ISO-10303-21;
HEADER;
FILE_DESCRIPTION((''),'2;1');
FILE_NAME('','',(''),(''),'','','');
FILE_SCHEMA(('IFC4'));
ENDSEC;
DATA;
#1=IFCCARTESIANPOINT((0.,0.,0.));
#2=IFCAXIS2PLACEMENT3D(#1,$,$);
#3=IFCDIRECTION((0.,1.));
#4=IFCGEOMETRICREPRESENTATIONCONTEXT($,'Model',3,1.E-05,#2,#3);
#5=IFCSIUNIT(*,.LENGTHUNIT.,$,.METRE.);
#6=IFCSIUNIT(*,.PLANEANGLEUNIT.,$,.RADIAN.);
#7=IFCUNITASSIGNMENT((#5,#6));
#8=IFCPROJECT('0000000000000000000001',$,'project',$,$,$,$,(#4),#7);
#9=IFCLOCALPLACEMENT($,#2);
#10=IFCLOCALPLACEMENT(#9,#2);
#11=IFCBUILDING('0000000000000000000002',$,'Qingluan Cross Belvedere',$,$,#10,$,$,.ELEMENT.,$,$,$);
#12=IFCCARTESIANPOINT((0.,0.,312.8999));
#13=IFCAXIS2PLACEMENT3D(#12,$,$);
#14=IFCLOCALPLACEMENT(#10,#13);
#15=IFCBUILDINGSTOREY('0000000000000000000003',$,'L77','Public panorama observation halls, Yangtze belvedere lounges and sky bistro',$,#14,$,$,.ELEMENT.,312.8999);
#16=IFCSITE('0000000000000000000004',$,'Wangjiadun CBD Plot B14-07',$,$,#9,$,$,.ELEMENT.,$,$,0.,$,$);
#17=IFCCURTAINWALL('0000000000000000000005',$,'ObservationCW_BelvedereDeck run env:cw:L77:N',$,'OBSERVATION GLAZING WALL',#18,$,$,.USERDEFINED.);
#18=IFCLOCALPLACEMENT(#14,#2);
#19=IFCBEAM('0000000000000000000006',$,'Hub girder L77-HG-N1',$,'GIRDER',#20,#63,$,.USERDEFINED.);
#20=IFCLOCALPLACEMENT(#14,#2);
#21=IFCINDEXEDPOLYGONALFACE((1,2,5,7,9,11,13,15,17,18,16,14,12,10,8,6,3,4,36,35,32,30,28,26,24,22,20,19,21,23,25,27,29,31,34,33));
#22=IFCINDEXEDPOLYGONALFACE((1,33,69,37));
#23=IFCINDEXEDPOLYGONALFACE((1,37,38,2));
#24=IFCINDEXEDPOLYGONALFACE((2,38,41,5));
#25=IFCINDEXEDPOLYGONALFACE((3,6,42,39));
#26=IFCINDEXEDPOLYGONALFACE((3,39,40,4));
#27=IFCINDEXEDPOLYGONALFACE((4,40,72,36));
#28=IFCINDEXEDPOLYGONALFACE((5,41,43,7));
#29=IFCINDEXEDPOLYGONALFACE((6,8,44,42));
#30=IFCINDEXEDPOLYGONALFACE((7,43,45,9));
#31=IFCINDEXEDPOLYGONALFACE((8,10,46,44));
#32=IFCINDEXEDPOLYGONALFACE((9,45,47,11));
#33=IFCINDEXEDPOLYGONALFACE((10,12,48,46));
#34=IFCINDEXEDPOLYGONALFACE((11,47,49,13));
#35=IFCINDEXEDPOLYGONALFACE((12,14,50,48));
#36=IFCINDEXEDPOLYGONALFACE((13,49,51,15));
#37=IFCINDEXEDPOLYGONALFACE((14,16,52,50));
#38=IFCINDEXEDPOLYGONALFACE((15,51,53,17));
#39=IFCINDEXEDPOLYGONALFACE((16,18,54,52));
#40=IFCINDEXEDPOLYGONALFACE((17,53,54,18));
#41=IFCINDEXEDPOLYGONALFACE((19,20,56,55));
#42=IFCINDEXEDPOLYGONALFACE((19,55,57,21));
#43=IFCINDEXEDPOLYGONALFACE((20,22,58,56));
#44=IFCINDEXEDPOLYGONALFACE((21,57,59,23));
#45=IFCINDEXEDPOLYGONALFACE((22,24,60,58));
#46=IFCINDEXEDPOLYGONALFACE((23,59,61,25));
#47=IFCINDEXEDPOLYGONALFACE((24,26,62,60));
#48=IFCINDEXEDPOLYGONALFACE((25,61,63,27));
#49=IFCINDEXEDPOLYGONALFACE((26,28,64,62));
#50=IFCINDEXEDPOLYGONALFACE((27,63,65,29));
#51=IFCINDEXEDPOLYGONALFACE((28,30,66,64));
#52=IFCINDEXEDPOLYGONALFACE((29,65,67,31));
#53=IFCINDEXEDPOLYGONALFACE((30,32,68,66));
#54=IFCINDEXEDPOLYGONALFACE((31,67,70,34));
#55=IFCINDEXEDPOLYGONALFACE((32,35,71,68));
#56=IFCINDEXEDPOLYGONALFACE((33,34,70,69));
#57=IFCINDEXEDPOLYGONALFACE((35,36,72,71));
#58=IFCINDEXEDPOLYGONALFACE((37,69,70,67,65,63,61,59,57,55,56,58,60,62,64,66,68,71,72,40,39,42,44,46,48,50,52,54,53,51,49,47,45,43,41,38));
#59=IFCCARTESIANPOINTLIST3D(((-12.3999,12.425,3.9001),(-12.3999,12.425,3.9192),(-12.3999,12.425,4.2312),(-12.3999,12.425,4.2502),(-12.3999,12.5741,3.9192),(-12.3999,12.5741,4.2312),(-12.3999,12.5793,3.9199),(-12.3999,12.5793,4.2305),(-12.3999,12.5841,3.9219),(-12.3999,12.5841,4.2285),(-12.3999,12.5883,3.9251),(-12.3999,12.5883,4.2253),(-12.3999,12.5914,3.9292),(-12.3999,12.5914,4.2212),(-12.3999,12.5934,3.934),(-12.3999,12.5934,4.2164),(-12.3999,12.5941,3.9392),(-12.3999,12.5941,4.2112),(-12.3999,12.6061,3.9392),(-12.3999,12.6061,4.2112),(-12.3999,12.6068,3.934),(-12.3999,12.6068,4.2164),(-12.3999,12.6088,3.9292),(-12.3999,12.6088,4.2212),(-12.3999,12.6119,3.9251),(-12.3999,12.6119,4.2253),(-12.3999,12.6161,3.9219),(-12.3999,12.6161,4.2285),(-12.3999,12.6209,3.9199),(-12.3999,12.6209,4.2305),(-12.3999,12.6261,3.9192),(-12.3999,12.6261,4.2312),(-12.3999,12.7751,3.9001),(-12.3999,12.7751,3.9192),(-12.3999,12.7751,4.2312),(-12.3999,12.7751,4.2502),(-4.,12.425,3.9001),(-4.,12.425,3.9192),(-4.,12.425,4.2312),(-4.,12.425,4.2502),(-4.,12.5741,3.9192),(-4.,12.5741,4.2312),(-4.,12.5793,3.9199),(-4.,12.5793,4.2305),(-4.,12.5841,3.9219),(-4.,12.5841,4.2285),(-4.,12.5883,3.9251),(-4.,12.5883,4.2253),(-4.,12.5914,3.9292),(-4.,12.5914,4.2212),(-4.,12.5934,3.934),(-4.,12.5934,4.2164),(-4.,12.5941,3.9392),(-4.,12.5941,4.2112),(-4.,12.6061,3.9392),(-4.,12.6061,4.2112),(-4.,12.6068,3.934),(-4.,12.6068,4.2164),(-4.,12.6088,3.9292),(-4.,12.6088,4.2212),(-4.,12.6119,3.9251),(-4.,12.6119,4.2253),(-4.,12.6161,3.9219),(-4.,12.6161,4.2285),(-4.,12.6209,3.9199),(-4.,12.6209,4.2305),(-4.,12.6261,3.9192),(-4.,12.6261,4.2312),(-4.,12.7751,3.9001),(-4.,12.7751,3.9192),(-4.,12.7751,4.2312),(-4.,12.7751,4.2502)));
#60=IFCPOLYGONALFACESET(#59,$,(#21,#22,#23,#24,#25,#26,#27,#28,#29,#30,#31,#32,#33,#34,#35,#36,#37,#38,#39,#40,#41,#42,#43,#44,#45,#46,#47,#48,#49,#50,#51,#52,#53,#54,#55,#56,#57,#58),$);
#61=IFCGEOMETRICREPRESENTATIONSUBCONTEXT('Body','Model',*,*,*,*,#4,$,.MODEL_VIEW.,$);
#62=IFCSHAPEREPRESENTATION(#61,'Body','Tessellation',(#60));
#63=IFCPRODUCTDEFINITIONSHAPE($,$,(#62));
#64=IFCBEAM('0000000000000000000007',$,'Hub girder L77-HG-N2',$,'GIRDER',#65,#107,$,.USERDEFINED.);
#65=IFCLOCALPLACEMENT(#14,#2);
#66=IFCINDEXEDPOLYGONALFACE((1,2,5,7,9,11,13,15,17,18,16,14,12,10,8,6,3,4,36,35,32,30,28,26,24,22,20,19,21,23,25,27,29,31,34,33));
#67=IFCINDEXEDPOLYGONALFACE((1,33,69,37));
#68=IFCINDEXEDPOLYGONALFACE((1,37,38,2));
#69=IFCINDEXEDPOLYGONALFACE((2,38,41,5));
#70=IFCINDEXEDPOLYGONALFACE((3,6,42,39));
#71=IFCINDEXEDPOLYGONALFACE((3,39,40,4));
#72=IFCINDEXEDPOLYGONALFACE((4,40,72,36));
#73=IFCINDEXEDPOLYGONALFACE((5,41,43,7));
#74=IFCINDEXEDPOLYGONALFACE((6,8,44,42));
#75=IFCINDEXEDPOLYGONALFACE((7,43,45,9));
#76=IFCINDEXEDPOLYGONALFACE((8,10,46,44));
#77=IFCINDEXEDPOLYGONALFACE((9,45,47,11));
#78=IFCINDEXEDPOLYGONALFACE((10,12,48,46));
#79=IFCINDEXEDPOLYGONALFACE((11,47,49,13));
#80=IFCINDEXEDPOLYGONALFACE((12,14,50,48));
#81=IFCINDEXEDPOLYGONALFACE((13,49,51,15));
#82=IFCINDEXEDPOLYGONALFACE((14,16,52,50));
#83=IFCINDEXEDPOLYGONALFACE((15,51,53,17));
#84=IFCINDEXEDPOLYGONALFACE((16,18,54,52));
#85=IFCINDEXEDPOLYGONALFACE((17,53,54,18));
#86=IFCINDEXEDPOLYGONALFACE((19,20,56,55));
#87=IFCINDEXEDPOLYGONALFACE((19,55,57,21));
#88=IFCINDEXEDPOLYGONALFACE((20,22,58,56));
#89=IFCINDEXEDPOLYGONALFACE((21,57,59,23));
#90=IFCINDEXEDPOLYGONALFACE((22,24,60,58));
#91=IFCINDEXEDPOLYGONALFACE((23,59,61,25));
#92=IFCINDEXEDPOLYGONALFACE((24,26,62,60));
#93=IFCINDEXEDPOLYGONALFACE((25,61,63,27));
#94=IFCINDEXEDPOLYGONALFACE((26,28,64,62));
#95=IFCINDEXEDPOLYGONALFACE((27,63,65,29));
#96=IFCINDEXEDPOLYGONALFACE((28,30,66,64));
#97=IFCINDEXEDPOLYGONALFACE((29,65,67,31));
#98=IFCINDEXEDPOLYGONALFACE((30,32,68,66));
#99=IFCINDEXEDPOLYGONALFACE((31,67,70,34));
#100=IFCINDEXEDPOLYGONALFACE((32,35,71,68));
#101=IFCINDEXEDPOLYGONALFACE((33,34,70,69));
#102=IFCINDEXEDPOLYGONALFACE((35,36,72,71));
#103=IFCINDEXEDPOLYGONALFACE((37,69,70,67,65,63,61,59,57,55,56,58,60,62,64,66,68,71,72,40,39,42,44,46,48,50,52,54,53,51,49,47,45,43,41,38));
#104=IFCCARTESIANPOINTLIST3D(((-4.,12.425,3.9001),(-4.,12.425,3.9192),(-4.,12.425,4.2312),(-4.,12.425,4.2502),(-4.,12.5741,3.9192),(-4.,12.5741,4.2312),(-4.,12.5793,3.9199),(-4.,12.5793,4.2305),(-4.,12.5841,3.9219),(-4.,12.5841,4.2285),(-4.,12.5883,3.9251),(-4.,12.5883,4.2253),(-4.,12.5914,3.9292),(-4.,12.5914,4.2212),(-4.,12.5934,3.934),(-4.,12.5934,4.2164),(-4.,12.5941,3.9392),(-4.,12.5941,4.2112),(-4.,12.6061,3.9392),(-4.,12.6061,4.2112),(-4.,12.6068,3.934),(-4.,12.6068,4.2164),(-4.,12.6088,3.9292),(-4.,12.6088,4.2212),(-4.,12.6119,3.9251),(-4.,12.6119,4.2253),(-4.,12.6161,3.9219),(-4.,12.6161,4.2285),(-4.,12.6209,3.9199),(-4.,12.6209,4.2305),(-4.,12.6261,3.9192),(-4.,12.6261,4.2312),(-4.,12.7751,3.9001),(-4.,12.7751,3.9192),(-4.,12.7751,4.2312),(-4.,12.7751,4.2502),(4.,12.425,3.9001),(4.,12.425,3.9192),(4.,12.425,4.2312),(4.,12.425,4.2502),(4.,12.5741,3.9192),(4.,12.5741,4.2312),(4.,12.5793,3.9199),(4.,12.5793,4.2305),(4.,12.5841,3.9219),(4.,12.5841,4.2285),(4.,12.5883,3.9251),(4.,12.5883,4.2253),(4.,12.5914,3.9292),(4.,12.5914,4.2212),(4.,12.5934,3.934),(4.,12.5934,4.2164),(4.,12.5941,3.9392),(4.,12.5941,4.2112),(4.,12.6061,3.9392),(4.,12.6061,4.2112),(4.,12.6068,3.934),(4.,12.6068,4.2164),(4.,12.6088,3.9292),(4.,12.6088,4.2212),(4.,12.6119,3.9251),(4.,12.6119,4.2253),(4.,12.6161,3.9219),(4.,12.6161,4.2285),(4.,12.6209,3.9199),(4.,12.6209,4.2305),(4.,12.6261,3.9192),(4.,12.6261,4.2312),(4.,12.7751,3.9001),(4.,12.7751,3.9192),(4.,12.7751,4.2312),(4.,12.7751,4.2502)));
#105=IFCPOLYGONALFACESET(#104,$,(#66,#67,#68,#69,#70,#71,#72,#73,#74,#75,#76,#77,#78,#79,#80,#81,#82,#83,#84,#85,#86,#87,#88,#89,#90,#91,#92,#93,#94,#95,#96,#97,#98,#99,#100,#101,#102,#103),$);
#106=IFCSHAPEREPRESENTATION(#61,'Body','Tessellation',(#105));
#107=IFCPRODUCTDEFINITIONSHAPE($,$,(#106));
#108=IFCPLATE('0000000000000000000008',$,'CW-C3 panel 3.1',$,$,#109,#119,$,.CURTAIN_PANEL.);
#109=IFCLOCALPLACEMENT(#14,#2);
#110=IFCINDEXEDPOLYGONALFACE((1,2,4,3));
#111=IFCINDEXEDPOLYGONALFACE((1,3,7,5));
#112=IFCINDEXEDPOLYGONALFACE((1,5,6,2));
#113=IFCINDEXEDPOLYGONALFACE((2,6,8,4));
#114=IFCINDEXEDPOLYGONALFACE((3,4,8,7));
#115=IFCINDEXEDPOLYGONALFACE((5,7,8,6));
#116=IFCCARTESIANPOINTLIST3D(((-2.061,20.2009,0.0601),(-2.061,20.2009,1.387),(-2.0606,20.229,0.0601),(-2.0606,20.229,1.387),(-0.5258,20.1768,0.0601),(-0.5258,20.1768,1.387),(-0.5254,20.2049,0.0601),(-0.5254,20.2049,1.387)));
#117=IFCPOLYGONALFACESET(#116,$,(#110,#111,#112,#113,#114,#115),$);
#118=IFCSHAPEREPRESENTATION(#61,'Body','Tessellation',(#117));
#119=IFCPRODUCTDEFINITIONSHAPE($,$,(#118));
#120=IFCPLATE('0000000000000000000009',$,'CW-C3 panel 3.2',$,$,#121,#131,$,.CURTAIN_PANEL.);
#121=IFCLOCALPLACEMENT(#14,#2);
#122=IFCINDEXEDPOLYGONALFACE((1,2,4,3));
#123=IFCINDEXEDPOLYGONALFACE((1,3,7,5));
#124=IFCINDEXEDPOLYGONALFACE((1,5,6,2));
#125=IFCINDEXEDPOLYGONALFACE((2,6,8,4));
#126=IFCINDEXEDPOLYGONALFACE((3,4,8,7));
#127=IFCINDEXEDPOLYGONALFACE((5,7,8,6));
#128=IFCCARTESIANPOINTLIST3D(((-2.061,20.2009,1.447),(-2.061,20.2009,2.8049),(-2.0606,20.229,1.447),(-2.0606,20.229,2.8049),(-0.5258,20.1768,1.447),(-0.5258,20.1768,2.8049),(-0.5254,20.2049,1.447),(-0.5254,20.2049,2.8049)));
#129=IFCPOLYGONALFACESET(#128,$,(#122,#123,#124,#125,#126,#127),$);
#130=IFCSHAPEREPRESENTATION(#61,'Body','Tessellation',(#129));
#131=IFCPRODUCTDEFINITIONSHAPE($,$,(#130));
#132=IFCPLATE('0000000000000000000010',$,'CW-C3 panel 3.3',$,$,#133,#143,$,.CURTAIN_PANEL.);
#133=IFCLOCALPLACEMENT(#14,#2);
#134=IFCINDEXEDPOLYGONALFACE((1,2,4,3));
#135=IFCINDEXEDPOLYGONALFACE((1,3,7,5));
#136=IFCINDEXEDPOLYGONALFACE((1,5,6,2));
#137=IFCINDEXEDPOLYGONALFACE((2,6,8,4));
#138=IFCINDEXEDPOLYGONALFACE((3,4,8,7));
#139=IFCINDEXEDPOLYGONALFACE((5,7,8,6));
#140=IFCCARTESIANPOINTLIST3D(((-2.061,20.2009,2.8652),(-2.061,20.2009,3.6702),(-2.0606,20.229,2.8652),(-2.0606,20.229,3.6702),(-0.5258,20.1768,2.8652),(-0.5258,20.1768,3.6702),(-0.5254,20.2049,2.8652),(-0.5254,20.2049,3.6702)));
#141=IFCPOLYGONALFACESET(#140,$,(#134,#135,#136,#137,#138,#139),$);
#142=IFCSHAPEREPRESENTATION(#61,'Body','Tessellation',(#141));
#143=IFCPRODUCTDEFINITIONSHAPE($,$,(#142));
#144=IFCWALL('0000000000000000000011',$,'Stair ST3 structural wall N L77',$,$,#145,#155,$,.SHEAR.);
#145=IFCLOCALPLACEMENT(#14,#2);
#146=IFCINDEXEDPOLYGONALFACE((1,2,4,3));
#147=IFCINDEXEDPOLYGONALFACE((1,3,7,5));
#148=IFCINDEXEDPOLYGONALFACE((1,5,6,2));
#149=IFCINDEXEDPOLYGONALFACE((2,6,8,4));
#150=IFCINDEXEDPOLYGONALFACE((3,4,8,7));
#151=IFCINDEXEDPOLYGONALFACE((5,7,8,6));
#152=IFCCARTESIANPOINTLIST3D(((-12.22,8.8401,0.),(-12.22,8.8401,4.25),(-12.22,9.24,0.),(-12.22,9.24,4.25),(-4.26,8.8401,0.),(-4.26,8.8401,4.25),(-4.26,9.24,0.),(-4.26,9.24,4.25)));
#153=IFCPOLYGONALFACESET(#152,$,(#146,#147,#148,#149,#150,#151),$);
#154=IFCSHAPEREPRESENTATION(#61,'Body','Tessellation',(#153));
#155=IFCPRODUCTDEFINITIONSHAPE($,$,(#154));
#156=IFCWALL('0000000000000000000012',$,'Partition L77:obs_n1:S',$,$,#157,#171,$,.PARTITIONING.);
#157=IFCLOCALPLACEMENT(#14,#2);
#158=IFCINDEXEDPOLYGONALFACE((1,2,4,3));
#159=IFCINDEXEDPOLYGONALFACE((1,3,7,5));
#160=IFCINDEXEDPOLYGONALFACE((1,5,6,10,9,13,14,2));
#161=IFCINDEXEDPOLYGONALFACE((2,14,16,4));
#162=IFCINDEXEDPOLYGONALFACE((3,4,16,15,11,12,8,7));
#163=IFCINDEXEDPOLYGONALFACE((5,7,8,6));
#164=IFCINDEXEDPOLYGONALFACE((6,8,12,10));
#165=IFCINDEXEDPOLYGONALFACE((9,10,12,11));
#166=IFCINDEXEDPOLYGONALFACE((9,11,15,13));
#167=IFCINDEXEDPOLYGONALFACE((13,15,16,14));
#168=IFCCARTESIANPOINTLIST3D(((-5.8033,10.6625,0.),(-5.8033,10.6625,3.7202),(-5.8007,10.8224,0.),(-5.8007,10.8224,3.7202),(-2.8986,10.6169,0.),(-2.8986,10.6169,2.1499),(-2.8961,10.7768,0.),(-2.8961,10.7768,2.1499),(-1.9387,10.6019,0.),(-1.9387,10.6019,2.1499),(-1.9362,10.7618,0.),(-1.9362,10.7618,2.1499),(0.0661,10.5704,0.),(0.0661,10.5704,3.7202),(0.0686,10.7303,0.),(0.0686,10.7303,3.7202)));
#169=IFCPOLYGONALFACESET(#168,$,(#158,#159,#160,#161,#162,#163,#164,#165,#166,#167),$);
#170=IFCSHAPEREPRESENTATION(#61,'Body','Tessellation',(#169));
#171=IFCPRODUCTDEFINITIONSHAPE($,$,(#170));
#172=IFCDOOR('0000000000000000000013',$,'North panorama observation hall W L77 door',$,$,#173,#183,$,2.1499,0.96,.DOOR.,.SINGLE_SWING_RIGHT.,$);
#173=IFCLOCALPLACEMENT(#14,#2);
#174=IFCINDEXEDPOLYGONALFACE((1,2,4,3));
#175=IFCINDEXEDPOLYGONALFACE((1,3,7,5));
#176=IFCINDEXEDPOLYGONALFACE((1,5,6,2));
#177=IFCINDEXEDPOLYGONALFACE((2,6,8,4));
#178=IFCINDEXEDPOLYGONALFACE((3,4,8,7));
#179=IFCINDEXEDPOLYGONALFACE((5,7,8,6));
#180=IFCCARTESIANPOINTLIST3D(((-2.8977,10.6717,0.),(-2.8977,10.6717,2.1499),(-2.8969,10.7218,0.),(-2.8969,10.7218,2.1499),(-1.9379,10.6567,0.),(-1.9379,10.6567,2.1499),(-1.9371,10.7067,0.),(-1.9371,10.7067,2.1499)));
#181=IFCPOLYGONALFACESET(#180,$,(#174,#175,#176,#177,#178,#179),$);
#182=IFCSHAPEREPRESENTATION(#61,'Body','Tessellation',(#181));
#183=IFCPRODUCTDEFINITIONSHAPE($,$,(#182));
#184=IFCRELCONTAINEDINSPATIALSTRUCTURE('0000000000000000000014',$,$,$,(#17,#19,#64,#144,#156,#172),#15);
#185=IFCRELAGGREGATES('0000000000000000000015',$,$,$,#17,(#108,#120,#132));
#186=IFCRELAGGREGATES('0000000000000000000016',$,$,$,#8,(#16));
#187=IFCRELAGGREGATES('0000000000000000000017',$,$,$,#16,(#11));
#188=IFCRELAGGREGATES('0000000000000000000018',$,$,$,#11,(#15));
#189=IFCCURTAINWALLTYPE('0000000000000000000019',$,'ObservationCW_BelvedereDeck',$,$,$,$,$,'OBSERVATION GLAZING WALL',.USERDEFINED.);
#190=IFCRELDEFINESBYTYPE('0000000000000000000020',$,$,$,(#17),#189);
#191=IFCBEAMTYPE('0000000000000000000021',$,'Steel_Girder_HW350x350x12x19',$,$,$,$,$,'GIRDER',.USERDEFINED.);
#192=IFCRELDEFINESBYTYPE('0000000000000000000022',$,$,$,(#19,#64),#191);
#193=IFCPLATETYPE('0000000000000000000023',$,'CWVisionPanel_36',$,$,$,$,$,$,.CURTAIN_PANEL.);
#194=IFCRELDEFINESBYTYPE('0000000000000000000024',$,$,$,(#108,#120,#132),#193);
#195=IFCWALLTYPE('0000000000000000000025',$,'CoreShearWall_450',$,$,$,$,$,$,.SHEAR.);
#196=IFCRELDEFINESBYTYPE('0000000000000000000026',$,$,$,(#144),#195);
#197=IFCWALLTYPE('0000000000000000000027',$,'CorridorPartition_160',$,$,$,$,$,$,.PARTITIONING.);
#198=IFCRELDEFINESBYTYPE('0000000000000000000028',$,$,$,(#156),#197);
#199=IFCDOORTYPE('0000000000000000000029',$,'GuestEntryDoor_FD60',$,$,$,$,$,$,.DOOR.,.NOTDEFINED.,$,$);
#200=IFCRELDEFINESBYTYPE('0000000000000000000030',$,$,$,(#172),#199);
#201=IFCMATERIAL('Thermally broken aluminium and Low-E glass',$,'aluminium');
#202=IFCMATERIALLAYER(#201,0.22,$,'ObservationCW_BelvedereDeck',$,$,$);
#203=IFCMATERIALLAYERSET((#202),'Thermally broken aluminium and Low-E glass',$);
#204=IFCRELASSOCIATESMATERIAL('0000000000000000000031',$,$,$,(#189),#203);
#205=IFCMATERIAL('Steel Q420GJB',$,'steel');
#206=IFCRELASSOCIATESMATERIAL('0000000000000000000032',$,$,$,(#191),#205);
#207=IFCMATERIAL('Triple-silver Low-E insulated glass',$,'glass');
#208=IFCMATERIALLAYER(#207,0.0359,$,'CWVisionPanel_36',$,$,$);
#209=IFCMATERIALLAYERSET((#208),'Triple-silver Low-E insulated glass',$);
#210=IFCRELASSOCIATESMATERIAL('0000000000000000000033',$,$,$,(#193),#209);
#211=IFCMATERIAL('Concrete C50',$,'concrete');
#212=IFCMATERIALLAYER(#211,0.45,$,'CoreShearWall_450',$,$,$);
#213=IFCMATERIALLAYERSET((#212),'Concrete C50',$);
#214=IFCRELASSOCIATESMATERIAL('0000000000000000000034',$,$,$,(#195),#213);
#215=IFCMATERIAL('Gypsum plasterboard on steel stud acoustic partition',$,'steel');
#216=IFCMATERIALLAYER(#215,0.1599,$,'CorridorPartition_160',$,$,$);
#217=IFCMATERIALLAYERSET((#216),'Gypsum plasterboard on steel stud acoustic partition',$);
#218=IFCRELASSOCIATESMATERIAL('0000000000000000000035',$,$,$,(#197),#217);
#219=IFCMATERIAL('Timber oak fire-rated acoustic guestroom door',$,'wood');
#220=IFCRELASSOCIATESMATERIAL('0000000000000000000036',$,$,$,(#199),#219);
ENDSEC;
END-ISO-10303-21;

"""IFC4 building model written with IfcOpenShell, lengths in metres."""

from ifc_helpers import new_model, si_unit, direction, frame, frame_2d, origin, origin_2d, place, context, subcontext, project, spatial, rectangle, i_section, extrude, material, layer, layer_set, material_profile, profile_set, type_object, element, fill, aggregate, save


model = new_model("IFC4")

# Units and contexts
model_context = context("Model", 3, precision=1e-05, world=origin(), true_north=direction((0.0, 1.0)))
body_context = subcontext(model_context, "Body", "Model", "MODEL_VIEW")
ifc_project = project(units=[si_unit("LENGTHUNIT", "METRE"), si_unit("PLANEANGLEUNIT", "RADIAN")], contexts=[model_context])

# Site, building, storey
site_placement = place(None, origin())
site = spatial("IfcSite", under=ifc_project, at=site_placement, Name="Wangjiadun CBD Plot B14-07", CompositionType="ELEMENT", RefElevation=0.0)
building_placement = place(site_placement, origin())
building = spatial("IfcBuilding", under=site, at=building_placement, Name="Qingluan Cross Belvedere", CompositionType="ELEMENT")
storey_placement = place(building_placement, frame((0.0, 0.0, 312.8999)))
storey = spatial("IfcBuildingStorey", under=building, at=storey_placement, Name="L77", Description="Public panorama observation halls, Yangtze belvedere lounges and sky bistro", CompositionType="ELEMENT", Elevation=312.8999)

# Curtain wall
ifc_material_1 = material(Name="Thermally broken aluminium and Low-E glass", Category="aluminium")
ifc_layer_1 = layer(ifc_material_1, 0.22, Name="ObservationCW_BelvedereDeck")
ifc_layer_set_1 = layer_set([ifc_layer_1], Name="Thermally broken aluminium and Low-E glass")
curtain_wall_type = type_object("IfcCurtainWallType", Name="ObservationCW_BelvedereDeck", ElementType="OBSERVATION GLAZING WALL", PredefinedType="USERDEFINED", material=ifc_layer_set_1)
curtain_wall_placement = place(storey_placement, origin())
curtain_wall = element("IfcCurtainWall", 1, at=curtain_wall_placement, inside=storey, type_object=curtain_wall_type, Name="ObservationCW_BelvedereDeck run env:cw:L77:N", ObjectType="OBSERVATION GLAZING WALL", PredefinedType="USERDEFINED")

# Beams
ifc_material_2 = material(Name="Steel Q420GJB", Category="steel")
ifc_material_profile_1 = material_profile(ifc_material_2, i_section(OverallWidth=0.3501, OverallDepth=0.3501, WebThickness=0.012, FlangeThickness=0.019, FilletRadius=0.02, at=origin_2d()), Name="HW350x350x12x19")
ifc_profile_set_1 = profile_set([ifc_material_profile_1], Name="Steel Q420GJB")
beam_type_1 = type_object("IfcBeamType", Name="Steel_Girder_HW350x350x12x19", ElementType="GIRDER", PredefinedType="USERDEFINED", material=ifc_profile_set_1)
beam_1_placement = place(storey_placement, frame((-12.3999, 12.6001, 4.0752), z_axis=(1.0, 0.0, 0.0), x_axis=(0.0, 1.0, 0.0)))
element("IfcBeam", 2, at=beam_1_placement, inside=storey, type_object=beam_type_1, Name="Hub girder L77-HG-N1", ObjectType="GIRDER", PredefinedType="USERDEFINED", context=body_context, shape_type="SweptSolid", body=[
    extrude(i_section(OverallWidth=0.3501, OverallDepth=0.3501, WebThickness=0.012, FlangeThickness=0.019, FilletRadius=0.02, at=origin_2d()), origin(), (0.0, 0.0, 1.0), 8.3999),
])
beam_2_placement = place(storey_placement, frame((-4.0, 12.6001, 4.0752), z_axis=(1.0, 0.0, 0.0), x_axis=(0.0, 1.0, 0.0)))
element("IfcBeam", 3, at=beam_2_placement, inside=storey, type_object=beam_type_1, Name="Hub girder L77-HG-N2", ObjectType="GIRDER", PredefinedType="USERDEFINED", context=body_context, shape_type="SweptSolid", body=[
    extrude(i_section(OverallWidth=0.3501, OverallDepth=0.3501, WebThickness=0.012, FlangeThickness=0.019, FilletRadius=0.02, at=origin_2d()), origin(), (0.0, 0.0, 1.0), 8.0),
])

# Plates
ifc_material_3 = material(Name="Triple-silver Low-E insulated glass", Category="glass")
ifc_layer_2 = layer(ifc_material_3, 0.0359, Name="CWVisionPanel_36")
ifc_layer_set_2 = layer_set([ifc_layer_2], Name="Triple-silver Low-E insulated glass")
plate_type = type_object("IfcPlateType", Name="CWVisionPanel_36", PredefinedType="CURTAIN_PANEL", material=ifc_layer_set_2)
plate_1_placement = place(storey_placement, frame((-1.2932, 20.2029, 0.0601), z_axis=(0.0, 0.0, 1.0), x_axis=(-0.999877, 0.01571, 0.0)))
plate_1 = element("IfcPlate", 4, at=plate_1_placement, type_object=plate_type, Name="CW-C3 panel 3.1", PredefinedType="CURTAIN_PANEL", context=body_context, shape_type="SweptSolid", body=[
    extrude(rectangle(XDim=1.5354, YDim=0.0281, at=origin_2d()), origin(), (0.0, 0.0, 1.0), 1.3269),
])
plate_2_placement = place(storey_placement, frame((-1.2932, 20.2029, 1.447), z_axis=(0.0, 0.0, 1.0), x_axis=(-0.999877, 0.01571, 0.0)))
plate_2 = element("IfcPlate", 5, at=plate_2_placement, type_object=plate_type, Name="CW-C3 panel 3.2", PredefinedType="CURTAIN_PANEL", context=body_context, shape_type="SweptSolid", body=[
    extrude(rectangle(XDim=1.5354, YDim=0.0281, at=origin_2d()), origin(), (0.0, 0.0, 1.0), 1.3579),
])
plate_3_placement = place(storey_placement, frame((-1.2932, 20.2029, 2.8652), z_axis=(0.0, 0.0, 1.0), x_axis=(-0.999877, 0.01571, 0.0)))
plate_3 = element("IfcPlate", 6, at=plate_3_placement, type_object=plate_type, Name="CW-C3 panel 3.3", PredefinedType="CURTAIN_PANEL", context=body_context, shape_type="SweptSolid", body=[
    extrude(rectangle(XDim=1.5354, YDim=0.0281, at=origin_2d()), origin(), (0.0, 0.0, 1.0), 0.8049),
])
aggregate(curtain_wall, [plate_1, plate_2, plate_3])

# Wall
ifc_material_4 = material(Name="Concrete C50", Category="concrete")
ifc_layer_3 = layer(ifc_material_4, 0.45, Name="CoreShearWall_450")
ifc_layer_set_3 = layer_set([ifc_layer_3], Name="Concrete C50")
wall_type_1 = type_object("IfcWallType", Name="CoreShearWall_450", PredefinedType="SHEAR", material=ifc_layer_set_3)
wall_1_placement = place(storey_placement, frame((-12.22, 9.04, 0.0), z_axis=(0.0, 0.0, 1.0), x_axis=(1.0, 0.0, 0.0)))
element("IfcWall", 7, at=wall_1_placement, inside=storey, type_object=wall_type_1, Name="Stair ST3 structural wall N L77", PredefinedType="SHEAR", context=body_context, shape_type="SweptSolid", body=[
    extrude(rectangle(XDim=7.96, YDim=0.3999, at=frame_2d((3.98, 0.0))), origin(), (0.0, 0.0, 1.0), 4.25),
])

# Wall, opening, door
ifc_material_5 = material(Name="Gypsum plasterboard on steel stud acoustic partition", Category="steel")
ifc_layer_4 = layer(ifc_material_5, 0.1599, Name="CorridorPartition_160")
ifc_layer_set_4 = layer_set([ifc_layer_4], Name="Gypsum plasterboard on steel stud acoustic partition")
wall_type_2 = type_object("IfcWallType", Name="CorridorPartition_160", PredefinedType="PARTITIONING", material=ifc_layer_set_4)
wall_2_placement = place(storey_placement, frame((-5.802, 10.7424, 0.0), z_axis=(0.0, 0.0, 1.0), x_axis=(0.999877, -0.01568, 0.0)))
wall_2 = element("IfcWall", 8, at=wall_2_placement, inside=storey, type_object=wall_type_2, Name="Partition L77:obs_n1:S", PredefinedType="PARTITIONING", context=body_context, shape_type="SweptSolid", body=[
    extrude(rectangle(XDim=5.8701, YDim=0.1599, at=frame_2d((2.9351, 0.0))), origin(), (0.0, 0.0, 1.0), 3.7202),
])
opening_1_placement = place(wall_2_placement, frame((2.905, 0.0, 0.0)))
opening_1 = element("IfcOpeningElement", 9, at=opening_1_placement, cuts=wall_2, PredefinedType="OPENING", context=body_context, shape_type="SweptSolid", body=[
    extrude(rectangle(XDim=0.96, YDim=2.1499, at=frame_2d((0.48, 1.075))), frame((0.0, 0.0898, 0.0), z_axis=(0.0, -1.0, 0.0), x_axis=(1.0, 0.0, 0.0)), (0.0, 0.0, 1.0), 0.1799),
])
ifc_material_6 = material(Name="Timber oak fire-rated acoustic guestroom door", Category="wood")
door_type = type_object("IfcDoorType", Name="GuestEntryDoor_FD60", OperationType="NOTDEFINED", PredefinedType="DOOR", material=ifc_material_6)
door_1_placement = place(opening_1_placement, origin())
door_1 = element("IfcDoor", 10, at=door_1_placement, inside=storey, type_object=door_type, Name="North panorama observation hall W L77 door", OperationType="SINGLE_SWING_RIGHT", OverallHeight=2.1499, OverallWidth=0.96, PredefinedType="DOOR", context=body_context, shape_type="SweptSolid", body=[
    extrude(rectangle(XDim=0.96, YDim=2.1499, at=frame_2d((0.48, 1.075))), frame((0.0, 0.0249, 0.0), z_axis=(0.0, -1.0, 0.0), x_axis=(1.0, 0.0, 0.0)), (0.0, 0.0, 1.0), 0.05),
])
fill(opening_1, door_1)

save(model, "model.ifc")
